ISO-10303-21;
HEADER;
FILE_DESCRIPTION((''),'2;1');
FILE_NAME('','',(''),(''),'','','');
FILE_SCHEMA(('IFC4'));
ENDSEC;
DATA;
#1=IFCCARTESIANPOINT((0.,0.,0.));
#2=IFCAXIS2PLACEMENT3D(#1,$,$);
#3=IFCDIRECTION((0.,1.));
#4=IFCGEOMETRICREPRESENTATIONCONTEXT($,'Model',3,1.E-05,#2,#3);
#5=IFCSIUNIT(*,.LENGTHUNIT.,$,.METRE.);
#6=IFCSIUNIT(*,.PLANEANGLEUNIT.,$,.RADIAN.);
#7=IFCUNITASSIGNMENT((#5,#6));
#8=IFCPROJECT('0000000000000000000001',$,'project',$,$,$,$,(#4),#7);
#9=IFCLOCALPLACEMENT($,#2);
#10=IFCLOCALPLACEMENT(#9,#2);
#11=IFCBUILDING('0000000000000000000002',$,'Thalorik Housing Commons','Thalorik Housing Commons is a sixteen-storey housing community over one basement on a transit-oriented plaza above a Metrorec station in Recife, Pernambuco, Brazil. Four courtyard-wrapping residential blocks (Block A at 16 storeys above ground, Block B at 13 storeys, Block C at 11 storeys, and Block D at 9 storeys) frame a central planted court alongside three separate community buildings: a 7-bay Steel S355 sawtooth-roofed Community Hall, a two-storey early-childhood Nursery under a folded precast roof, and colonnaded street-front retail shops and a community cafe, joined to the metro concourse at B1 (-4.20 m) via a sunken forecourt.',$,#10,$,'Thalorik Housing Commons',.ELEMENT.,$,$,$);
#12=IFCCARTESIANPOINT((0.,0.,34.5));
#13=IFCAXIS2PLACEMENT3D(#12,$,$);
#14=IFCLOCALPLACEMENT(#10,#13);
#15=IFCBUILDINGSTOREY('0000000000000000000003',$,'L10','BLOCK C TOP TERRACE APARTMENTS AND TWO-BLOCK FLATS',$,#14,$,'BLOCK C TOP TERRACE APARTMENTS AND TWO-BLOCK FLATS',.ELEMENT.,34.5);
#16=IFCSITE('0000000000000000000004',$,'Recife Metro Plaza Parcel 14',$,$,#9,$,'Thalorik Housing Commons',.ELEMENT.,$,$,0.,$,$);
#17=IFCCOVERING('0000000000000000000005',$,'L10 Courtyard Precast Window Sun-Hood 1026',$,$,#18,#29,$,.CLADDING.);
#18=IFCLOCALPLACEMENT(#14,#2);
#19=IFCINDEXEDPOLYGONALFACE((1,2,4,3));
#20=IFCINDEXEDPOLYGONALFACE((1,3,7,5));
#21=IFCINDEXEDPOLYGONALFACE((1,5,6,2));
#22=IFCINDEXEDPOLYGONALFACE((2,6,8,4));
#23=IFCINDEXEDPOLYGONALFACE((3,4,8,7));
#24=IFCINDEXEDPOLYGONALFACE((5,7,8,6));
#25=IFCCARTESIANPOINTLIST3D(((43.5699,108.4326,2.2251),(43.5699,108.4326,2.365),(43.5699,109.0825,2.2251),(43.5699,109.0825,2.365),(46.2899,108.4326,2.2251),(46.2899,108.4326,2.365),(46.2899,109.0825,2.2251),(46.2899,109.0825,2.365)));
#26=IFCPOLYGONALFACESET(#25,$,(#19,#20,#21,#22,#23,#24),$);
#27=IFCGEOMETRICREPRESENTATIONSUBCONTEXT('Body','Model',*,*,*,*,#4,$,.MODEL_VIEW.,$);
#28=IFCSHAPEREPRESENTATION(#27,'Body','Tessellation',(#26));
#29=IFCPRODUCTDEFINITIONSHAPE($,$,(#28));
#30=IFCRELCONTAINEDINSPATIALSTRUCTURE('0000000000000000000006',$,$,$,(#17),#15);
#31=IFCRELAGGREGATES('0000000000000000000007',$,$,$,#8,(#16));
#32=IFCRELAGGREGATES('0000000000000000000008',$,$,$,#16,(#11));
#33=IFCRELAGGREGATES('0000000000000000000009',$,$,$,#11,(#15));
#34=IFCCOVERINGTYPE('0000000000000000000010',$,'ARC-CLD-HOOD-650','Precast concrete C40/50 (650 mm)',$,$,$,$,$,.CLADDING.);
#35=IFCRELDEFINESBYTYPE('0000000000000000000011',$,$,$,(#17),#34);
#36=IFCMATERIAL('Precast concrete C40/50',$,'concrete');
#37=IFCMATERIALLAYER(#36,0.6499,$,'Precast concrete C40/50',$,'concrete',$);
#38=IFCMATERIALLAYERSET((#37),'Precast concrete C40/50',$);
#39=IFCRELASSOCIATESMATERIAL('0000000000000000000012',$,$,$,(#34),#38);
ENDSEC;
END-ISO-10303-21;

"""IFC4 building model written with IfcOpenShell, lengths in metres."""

from ifc_helpers import new_model, si_unit, direction, frame, origin, origin_2d, place, context, subcontext, project, spatial, rectangle, extrude, material, layer, layer_set, type_object, element, save


model = new_model("IFC4")

# Units and contexts
model_context = context("Model", 3, precision=1e-05, world=origin(), true_north=direction((0.0, 1.0)))
body_context = subcontext(model_context, "Body", "Model", "MODEL_VIEW")
ifc_project = project(units=[si_unit("LENGTHUNIT", "METRE"), si_unit("PLANEANGLEUNIT", "RADIAN")], contexts=[model_context])

# Site, building, storey
site_placement = place(None, origin())
site = spatial("IfcSite", under=ifc_project, at=site_placement, Name="Recife Metro Plaza Parcel 14", LongName="Thalorik Housing Commons", CompositionType="ELEMENT", RefElevation=0.0)
building_placement = place(site_placement, origin())
building = spatial("IfcBuilding", under=site, at=building_placement, Name="Thalorik Housing Commons", Description="Thalorik Housing Commons is a sixteen-storey housing community over one basement on a transit-oriented plaza above a Metrorec station in Recife, Pernambuco, Brazil. Four courtyard-wrapping residential blocks (Block A at 16 storeys above ground, Block B at 13 storeys, Block C at 11 storeys, and Block D at 9 storeys) frame a central planted court alongside three separate community buildings: a 7-bay Steel S355 sawtooth-roofed Community Hall, a two-storey early-childhood Nursery under a folded precast roof, and colonnaded street-front retail shops and a community cafe, joined to the metro concourse at B1 (-4.20 m) via a sunken forecourt.", LongName="Thalorik Housing Commons", CompositionType="ELEMENT")
storey_placement = place(building_placement, frame((0.0, 0.0, 34.5)))
storey = spatial("IfcBuildingStorey", under=building, at=storey_placement, Name="L10", Description="BLOCK C TOP TERRACE APARTMENTS AND TWO-BLOCK FLATS", LongName="BLOCK C TOP TERRACE APARTMENTS AND TWO-BLOCK FLATS", CompositionType="ELEMENT", Elevation=34.5)

# Shared definitions
ifc_material_1 = material(Name="Precast concrete C40/50", Category="concrete")

# Covering
ifc_layer_1 = layer(ifc_material_1, 0.6499, Name="Precast concrete C40/50", Category="concrete")
ifc_layer_set_1 = layer_set([ifc_layer_1], Name="Precast concrete C40/50")
covering_type_1 = type_object("IfcCoveringType", Name="ARC-CLD-HOOD-650", Description="Precast concrete C40/50 (650 mm)", PredefinedType="CLADDING", material=ifc_layer_set_1)
covering_1_placement = place(storey_placement, frame((44.9299, 108.7576, 2.2251), z_axis=(0.0, 0.0, 1.0), x_axis=(1.0, 0.0, 0.0)))
element("IfcCovering", 1, at=covering_1_placement, inside=storey, type_object=covering_type_1, Name="L10 Courtyard Precast Window Sun-Hood 1026", PredefinedType="CLADDING", context=body_context, shape_type="SweptSolid", body=[
    extrude(rectangle(XDim=2.72, YDim=0.6499, at=origin_2d()), origin(), (0.0, 0.0, 1.0), 0.1399),
])

save(model, "model.ifc")
